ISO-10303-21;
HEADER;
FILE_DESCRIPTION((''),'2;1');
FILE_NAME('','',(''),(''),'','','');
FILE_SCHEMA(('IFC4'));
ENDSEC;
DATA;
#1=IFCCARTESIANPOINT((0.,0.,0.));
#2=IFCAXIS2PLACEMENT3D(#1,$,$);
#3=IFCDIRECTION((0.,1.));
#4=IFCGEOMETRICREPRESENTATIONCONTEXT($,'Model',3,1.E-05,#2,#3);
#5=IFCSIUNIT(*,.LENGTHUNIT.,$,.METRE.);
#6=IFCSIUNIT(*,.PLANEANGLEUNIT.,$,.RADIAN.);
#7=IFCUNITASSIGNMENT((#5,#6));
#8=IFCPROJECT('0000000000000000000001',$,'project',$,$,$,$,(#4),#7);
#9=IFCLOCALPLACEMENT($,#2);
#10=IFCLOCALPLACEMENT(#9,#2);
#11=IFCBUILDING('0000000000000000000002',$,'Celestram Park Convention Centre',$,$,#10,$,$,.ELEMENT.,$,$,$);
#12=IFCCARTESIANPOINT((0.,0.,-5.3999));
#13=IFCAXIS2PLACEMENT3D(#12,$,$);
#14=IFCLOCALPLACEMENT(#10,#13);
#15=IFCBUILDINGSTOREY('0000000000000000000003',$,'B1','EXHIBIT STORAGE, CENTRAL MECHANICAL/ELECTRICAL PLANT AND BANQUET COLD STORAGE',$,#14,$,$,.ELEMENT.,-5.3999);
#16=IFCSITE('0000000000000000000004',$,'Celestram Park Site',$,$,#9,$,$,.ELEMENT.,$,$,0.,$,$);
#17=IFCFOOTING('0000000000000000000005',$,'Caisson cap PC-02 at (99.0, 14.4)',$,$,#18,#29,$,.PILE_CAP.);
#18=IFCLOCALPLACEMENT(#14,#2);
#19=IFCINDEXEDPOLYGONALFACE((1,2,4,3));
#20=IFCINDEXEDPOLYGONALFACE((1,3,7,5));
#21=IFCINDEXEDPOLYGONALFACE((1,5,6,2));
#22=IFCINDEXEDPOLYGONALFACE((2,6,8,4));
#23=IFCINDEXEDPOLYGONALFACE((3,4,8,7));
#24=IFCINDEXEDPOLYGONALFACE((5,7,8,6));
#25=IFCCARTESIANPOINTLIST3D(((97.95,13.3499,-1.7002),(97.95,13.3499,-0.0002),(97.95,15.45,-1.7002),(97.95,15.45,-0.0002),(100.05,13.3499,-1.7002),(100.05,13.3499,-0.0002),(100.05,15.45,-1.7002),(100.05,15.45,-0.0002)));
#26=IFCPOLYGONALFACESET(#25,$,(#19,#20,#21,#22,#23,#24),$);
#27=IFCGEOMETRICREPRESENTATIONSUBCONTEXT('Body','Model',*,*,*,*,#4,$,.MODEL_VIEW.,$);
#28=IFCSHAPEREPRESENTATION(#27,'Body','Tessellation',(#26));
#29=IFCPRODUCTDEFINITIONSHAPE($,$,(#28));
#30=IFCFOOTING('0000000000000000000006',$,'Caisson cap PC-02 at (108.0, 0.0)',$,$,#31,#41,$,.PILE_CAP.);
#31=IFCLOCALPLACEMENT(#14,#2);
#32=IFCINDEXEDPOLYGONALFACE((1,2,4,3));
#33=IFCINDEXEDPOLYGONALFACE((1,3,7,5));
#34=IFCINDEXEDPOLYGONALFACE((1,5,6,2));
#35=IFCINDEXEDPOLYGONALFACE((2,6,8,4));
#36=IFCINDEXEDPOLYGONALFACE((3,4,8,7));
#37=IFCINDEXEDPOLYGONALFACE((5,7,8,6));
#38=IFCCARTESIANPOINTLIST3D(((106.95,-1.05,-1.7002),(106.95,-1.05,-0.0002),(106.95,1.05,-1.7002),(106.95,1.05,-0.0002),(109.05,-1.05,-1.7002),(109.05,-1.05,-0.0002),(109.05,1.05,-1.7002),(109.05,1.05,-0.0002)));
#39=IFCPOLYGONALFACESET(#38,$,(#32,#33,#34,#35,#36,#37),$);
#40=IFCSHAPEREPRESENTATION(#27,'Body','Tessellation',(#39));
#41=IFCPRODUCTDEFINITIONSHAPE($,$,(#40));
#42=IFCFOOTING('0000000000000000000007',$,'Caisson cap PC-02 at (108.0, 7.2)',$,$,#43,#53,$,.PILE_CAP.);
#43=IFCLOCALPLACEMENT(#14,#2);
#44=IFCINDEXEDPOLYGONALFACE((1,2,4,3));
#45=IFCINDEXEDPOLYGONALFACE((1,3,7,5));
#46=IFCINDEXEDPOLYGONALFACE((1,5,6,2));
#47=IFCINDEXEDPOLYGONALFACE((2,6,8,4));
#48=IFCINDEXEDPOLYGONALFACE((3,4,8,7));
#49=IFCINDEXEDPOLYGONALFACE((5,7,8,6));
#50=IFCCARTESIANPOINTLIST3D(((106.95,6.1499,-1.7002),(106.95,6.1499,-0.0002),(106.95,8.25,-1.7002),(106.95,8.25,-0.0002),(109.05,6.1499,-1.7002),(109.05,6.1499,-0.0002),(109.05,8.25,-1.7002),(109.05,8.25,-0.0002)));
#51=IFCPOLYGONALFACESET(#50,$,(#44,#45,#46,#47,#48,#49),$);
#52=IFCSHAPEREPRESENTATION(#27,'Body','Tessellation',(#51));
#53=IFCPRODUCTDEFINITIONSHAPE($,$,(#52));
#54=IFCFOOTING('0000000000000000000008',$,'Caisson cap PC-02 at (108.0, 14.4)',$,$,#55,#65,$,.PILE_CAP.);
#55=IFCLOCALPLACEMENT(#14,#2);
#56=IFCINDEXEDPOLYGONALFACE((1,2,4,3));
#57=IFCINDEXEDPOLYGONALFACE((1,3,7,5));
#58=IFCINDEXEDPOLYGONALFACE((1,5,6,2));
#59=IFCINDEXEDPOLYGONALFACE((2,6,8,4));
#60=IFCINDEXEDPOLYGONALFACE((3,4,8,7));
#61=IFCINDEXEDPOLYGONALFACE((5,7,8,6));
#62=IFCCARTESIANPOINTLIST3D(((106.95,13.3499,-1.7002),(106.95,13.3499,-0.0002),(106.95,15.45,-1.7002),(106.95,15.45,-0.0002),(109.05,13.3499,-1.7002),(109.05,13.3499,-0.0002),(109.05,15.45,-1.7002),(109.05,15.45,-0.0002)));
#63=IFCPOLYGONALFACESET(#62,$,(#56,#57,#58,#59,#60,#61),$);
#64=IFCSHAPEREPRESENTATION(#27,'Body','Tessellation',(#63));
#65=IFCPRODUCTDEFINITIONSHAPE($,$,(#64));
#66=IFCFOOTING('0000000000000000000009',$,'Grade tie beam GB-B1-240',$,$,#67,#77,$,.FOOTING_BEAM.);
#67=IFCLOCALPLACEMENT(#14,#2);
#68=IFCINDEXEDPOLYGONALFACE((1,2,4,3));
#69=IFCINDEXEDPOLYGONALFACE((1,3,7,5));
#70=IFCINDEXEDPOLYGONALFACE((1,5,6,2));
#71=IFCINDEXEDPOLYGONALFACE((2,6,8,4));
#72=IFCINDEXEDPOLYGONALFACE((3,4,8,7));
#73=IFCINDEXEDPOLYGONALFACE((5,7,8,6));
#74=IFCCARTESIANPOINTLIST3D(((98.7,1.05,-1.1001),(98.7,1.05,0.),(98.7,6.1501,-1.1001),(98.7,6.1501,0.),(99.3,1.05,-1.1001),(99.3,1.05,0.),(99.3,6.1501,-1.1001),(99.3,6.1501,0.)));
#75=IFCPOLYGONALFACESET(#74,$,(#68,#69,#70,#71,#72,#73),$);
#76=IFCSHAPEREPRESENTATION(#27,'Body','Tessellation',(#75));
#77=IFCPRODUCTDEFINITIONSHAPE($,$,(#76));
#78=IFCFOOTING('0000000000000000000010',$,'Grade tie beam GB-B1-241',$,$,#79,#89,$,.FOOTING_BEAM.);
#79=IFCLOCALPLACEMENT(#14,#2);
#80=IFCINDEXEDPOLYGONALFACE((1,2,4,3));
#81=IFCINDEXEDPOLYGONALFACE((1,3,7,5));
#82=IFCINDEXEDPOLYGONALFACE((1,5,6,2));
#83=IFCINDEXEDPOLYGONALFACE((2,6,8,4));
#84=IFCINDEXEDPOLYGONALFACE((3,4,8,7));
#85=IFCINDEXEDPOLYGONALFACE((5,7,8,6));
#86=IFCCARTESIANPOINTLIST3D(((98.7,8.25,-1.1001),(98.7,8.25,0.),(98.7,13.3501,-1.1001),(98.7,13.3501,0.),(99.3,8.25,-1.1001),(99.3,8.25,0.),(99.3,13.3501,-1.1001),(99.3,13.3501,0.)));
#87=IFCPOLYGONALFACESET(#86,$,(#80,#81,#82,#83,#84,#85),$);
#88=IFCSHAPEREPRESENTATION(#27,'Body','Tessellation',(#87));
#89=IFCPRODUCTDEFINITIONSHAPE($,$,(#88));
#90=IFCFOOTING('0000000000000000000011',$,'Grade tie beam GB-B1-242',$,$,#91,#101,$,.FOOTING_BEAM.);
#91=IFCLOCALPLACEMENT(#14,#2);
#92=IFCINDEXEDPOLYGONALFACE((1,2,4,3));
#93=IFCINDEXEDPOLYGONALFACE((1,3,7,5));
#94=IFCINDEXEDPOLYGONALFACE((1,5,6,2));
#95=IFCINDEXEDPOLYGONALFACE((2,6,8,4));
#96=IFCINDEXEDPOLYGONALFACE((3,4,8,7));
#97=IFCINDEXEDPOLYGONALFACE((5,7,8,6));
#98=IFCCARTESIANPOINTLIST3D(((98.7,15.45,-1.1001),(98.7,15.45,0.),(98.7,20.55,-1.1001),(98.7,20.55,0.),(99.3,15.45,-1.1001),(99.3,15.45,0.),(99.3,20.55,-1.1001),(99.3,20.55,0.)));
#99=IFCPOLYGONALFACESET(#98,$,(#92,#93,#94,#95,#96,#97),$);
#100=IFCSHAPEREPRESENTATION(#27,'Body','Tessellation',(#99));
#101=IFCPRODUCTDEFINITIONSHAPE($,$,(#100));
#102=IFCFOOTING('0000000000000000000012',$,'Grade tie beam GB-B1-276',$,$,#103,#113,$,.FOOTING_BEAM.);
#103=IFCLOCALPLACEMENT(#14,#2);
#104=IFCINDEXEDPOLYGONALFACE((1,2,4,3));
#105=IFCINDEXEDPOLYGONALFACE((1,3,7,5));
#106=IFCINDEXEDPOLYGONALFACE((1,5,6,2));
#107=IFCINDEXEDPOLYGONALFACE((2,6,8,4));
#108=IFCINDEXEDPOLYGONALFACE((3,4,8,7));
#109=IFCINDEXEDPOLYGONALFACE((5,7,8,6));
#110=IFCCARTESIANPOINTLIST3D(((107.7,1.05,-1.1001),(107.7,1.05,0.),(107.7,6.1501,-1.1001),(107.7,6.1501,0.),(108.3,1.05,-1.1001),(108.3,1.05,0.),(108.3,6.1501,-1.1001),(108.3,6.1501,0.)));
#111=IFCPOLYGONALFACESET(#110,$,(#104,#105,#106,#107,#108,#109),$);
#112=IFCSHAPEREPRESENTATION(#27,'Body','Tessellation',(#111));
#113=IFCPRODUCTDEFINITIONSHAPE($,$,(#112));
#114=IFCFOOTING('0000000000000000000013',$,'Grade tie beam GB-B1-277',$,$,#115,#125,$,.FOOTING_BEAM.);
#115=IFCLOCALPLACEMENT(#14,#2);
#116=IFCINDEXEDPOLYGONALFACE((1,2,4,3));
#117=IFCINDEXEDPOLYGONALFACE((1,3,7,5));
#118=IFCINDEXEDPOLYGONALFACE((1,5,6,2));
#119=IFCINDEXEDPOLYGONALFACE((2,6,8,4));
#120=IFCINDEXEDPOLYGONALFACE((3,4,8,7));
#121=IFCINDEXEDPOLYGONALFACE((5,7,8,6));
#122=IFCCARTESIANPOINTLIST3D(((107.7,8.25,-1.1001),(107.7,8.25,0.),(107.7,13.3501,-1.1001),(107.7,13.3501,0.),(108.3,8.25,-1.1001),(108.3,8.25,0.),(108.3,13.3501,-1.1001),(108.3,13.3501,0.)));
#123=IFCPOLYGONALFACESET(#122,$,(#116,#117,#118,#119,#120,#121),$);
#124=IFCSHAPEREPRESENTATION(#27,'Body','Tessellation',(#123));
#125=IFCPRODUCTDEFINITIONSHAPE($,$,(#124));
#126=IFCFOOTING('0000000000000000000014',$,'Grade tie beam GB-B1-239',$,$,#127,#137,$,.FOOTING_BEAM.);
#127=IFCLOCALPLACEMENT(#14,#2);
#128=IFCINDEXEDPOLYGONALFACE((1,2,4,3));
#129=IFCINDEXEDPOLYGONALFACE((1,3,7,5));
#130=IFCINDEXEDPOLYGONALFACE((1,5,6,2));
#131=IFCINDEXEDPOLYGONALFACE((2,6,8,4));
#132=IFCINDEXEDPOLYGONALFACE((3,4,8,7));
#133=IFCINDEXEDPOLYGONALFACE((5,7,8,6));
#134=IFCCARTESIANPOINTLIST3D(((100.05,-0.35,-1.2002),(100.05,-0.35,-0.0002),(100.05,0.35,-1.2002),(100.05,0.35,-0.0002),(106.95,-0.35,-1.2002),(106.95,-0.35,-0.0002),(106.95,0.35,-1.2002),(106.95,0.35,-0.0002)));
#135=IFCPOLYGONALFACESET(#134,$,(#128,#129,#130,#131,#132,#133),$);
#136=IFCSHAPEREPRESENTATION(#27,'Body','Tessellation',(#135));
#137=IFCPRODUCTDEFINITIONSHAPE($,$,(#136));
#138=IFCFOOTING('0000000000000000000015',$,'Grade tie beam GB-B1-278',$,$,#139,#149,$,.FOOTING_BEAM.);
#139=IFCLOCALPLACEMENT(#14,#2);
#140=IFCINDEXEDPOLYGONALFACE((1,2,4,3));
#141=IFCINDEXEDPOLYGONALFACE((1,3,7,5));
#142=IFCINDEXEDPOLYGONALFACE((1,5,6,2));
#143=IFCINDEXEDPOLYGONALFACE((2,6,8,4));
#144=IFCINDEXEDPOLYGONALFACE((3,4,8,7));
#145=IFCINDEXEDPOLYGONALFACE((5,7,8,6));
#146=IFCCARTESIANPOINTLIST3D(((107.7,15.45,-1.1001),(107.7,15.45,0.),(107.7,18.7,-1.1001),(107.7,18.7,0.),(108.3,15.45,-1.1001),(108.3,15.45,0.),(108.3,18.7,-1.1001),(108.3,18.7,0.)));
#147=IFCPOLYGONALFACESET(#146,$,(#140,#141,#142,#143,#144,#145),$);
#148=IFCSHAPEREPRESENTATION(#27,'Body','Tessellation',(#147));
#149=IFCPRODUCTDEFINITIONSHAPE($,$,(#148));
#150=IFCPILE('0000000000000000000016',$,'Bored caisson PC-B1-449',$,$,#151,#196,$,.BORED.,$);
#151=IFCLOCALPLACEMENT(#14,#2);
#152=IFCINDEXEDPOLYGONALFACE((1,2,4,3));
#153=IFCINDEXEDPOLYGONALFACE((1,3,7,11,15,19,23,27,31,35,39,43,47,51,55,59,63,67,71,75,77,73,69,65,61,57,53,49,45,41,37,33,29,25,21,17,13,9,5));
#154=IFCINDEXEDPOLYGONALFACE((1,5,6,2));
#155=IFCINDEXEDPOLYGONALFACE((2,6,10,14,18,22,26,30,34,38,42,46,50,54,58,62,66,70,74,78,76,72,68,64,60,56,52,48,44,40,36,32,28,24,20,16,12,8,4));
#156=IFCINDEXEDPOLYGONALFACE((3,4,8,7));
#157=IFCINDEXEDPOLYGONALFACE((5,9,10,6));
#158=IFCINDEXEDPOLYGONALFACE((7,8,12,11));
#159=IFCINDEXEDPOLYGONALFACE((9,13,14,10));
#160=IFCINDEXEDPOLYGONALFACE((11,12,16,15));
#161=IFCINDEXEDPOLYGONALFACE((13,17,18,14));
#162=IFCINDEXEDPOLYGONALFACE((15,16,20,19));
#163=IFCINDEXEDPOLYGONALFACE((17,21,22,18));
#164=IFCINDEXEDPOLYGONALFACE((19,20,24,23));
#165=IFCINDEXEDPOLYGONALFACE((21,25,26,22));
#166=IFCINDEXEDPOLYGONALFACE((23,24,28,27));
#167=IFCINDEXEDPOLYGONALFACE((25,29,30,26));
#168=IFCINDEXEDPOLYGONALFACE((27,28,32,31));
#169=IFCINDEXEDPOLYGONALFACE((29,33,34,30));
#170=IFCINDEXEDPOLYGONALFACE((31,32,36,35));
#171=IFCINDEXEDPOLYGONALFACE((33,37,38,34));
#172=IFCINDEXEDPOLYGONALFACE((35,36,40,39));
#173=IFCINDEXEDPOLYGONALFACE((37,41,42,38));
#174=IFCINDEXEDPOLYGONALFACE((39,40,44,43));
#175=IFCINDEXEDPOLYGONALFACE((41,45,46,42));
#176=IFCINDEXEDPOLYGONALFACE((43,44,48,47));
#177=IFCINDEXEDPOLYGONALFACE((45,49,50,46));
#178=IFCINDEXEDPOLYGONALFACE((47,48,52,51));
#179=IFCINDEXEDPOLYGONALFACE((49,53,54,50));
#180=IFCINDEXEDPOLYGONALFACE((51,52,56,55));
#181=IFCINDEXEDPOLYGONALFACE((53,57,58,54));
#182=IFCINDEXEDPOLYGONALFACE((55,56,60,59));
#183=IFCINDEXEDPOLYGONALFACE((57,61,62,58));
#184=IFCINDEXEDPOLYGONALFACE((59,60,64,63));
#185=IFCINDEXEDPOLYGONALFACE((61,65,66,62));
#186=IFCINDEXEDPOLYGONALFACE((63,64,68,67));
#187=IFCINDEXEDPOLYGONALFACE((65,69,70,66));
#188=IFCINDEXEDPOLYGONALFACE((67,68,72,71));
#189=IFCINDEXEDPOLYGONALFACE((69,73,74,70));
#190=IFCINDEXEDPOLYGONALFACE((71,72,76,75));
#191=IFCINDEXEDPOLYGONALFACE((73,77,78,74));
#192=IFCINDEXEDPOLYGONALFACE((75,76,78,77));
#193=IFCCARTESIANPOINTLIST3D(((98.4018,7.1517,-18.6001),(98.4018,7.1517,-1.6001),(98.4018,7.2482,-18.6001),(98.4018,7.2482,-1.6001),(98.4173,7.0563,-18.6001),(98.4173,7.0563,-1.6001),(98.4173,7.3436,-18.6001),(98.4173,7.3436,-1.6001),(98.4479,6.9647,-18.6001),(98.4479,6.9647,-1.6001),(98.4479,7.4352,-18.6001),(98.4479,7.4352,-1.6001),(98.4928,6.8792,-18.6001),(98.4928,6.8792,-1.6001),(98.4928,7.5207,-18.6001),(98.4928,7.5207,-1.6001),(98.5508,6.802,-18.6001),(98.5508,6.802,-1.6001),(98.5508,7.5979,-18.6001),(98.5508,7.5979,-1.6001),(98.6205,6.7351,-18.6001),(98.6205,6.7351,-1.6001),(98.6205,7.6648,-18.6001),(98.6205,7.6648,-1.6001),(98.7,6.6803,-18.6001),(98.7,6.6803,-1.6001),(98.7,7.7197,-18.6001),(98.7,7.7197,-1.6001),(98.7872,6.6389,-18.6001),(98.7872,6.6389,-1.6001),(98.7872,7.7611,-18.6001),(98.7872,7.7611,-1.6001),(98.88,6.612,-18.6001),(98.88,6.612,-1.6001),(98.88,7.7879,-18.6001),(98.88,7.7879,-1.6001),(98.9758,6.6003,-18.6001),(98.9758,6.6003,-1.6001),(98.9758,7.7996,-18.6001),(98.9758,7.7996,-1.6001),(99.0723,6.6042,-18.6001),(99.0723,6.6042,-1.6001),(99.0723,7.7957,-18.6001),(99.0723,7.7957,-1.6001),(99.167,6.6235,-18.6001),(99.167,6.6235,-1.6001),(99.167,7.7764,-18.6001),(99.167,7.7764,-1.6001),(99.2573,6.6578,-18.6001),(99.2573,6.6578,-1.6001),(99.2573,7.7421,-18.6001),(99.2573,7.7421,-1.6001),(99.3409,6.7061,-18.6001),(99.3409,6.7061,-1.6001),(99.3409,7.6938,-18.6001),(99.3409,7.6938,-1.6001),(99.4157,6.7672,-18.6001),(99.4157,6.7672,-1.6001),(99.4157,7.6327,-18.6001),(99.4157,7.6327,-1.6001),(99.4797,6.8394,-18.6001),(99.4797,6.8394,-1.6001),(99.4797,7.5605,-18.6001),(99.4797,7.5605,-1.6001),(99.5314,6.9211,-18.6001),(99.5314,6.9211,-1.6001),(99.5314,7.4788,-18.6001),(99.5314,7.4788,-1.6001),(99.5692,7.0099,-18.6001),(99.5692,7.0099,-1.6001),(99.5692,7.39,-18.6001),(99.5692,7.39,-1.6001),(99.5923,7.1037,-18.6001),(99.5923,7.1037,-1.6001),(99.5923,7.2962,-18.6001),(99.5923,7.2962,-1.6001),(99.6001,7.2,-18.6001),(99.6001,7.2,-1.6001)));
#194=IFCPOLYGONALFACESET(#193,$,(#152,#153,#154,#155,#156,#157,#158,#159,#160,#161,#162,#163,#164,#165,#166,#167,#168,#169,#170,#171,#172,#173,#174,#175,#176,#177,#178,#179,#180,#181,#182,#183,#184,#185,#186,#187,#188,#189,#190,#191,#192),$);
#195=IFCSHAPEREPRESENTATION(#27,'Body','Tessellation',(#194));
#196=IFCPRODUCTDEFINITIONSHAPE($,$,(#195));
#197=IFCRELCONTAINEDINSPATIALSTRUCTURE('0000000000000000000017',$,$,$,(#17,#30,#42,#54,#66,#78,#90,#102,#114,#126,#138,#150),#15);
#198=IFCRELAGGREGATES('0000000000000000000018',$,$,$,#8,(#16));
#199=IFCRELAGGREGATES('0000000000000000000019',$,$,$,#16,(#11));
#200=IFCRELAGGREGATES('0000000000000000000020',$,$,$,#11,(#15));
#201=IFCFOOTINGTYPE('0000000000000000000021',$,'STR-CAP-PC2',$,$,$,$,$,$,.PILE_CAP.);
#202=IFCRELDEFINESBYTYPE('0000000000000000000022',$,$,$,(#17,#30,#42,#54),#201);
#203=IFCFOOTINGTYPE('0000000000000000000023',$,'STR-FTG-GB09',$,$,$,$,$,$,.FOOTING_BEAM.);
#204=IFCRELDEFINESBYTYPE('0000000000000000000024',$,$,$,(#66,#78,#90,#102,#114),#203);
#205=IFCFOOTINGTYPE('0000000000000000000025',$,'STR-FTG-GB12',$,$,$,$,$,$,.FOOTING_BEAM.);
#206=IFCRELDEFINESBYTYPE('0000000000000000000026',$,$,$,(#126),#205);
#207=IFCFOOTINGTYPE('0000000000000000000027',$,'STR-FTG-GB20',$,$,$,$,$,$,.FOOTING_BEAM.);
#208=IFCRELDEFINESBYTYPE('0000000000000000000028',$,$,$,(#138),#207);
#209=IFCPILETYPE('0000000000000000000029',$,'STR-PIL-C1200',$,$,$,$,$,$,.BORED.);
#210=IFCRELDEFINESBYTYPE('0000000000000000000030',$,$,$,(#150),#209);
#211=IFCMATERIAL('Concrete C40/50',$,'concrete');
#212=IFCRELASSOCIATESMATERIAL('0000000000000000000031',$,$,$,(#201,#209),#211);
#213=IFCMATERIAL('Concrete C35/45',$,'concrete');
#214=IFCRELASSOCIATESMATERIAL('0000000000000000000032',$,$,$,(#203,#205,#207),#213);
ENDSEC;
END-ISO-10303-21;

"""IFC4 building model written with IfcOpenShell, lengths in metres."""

from ifc_helpers import new_model, si_unit, direction, frame, origin, origin_2d, place, context, subcontext, project, spatial, rectangle, circle, extrude, material, material_profile, profile_set, type_object, element, save


model = new_model("IFC4")

# Units and contexts
model_context = context("Model", 3, precision=1e-05, world=origin(), true_north=direction((0.0, 1.0)))
body_context = subcontext(model_context, "Body", "Model", "MODEL_VIEW")
ifc_project = project(units=[si_unit("LENGTHUNIT", "METRE"), si_unit("PLANEANGLEUNIT", "RADIAN")], contexts=[model_context])

# Site, building, storey
site_placement = place(None, origin())
site = spatial("IfcSite", under=ifc_project, at=site_placement, Name="Celestram Park Site", CompositionType="ELEMENT", RefElevation=0.0)
building_placement = place(site_placement, origin())
building = spatial("IfcBuilding", under=site, at=building_placement, Name="Celestram Park Convention Centre", CompositionType="ELEMENT")
storey_placement = place(building_placement, frame((0.0, 0.0, -5.3999)))
storey = spatial("IfcBuildingStorey", under=building, at=storey_placement, Name="B1", Description="EXHIBIT STORAGE, CENTRAL MECHANICAL/ELECTRICAL PLANT AND BANQUET COLD STORAGE", CompositionType="ELEMENT", Elevation=-5.3999)

# Footings
ifc_material_1 = material(Name="Concrete C40/50", Category="concrete")
footing_type_1 = type_object("IfcFootingType", Name="STR-CAP-PC2", PredefinedType="PILE_CAP", material=ifc_material_1)
for number, where, z_axis, x_axis, name in (
    (1, (99.0, 14.3999, -1.7002), (0.0, 0.0, 1.0), (1.0, 0.0, 0.0), "Caisson cap PC-02 at (99.0, 14.4)"),
    (2, (108.0, 0.0, -1.7002), (0.0, 0.0, 1.0), (1.0, 0.0, 0.0), "Caisson cap PC-02 at (108.0, 0.0)"),
    (3, (108.0, 7.2, -1.7002), (0.0, 0.0, 1.0), (1.0, 0.0, 0.0), "Caisson cap PC-02 at (108.0, 7.2)"),
    (4, (108.0, 14.3999, -1.7002), (0.0, 0.0, 1.0), (1.0, 0.0, 0.0), "Caisson cap PC-02 at (108.0, 14.4)"),
):
    element("IfcFooting", number, at=place(storey_placement, frame(where, z_axis=z_axis, x_axis=x_axis)), inside=storey, type_object=footing_type_1, Name=name, PredefinedType="PILE_CAP", context=body_context, shape_type="SweptSolid", body=[
        extrude(rectangle(XDim=2.1001, YDim=2.1001, at=origin_2d()), origin(), (0.0, 0.0, 1.0), 1.7),
    ])
ifc_material_2 = material(Name="Concrete C35/45", Category="concrete")
footing_type_2 = type_object("IfcFootingType", Name="STR-FTG-GB09", PredefinedType="FOOTING_BEAM", material=ifc_material_2)
for number, where, z_axis, x_axis, name in (
    (5, (99.0, 3.6001, -1.1001), (0.0, 0.0, 1.0), (0.0, 1.0, 0.0), "Grade tie beam GB-B1-240"),
    (6, (99.0, 10.8, -1.1001), (0.0, 0.0, 1.0), (0.0, 1.0, 0.0), "Grade tie beam GB-B1-241"),
    (7, (99.0, 18.0, -1.1001), (0.0, 0.0, 1.0), (0.0, 1.0, 0.0), "Grade tie beam GB-B1-242"),
    (8, (108.0, 3.6001, -1.1001), (0.0, 0.0, 1.0), (0.0, 1.0, 0.0), "Grade tie beam GB-B1-276"),
    (9, (108.0, 10.8, -1.1001), (0.0, 0.0, 1.0), (0.0, 1.0, 0.0), "Grade tie beam GB-B1-277"),
):
    element("IfcFooting", number, at=place(storey_placement, frame(where, z_axis=z_axis, x_axis=x_axis)), inside=storey, type_object=footing_type_2, Name=name, PredefinedType="FOOTING_BEAM", context=body_context, shape_type="SweptSolid", body=[
        extrude(rectangle(XDim=5.1001, YDim=0.6001, at=origin_2d()), origin(), (0.0, 0.0, 1.0), 1.1001),
    ])
footing_type_3 = type_object("IfcFootingType", Name="STR-FTG-GB12", PredefinedType="FOOTING_BEAM", material=ifc_material_2)
footing_1_placement = place(storey_placement, frame((103.5, 0.0, -1.2002), z_axis=(0.0, 0.0, 1.0), x_axis=(1.0, 0.0, 0.0)))
element("IfcFooting", 10, at=footing_1_placement, inside=storey, type_object=footing_type_3, Name="Grade tie beam GB-B1-239", PredefinedType="FOOTING_BEAM", context=body_context, shape_type="SweptSolid", body=[
    extrude(rectangle(XDim=6.8999, YDim=0.7, at=origin_2d()), origin(), (0.0, 0.0, 1.0), 1.2),
])
footing_type_4 = type_object("IfcFootingType", Name="STR-FTG-GB20", PredefinedType="FOOTING_BEAM", material=ifc_material_2)
footing_2_placement = place(storey_placement, frame((108.0, 17.075, -1.1001), z_axis=(0.0, 0.0, 1.0), x_axis=(0.0, 1.0, 0.0)))
element("IfcFooting", 11, at=footing_2_placement, inside=storey, type_object=footing_type_4, Name="Grade tie beam GB-B1-278", PredefinedType="FOOTING_BEAM", context=body_context, shape_type="SweptSolid", body=[
    extrude(rectangle(XDim=3.25, YDim=0.6001, at=origin_2d()), origin(), (0.0, 0.0, 1.0), 1.1001),
])

# Pile
ifc_material_profile_1 = material_profile(ifc_material_1, circle(Radius=0.6001, at=origin_2d()), Name="CAISSON1200")
ifc_profile_set_1 = profile_set([ifc_material_profile_1], Name="Concrete C40/50")
pile_type = type_object("IfcPileType", Name="STR-PIL-C1200", PredefinedType="BORED", material=ifc_profile_set_1)
for number, where, z_axis, x_axis, name in (
    (12, (99.0, 7.2, -1.6001), (0.0, 0.0, -1.0), (1.0, 0.0, 0.0), "Bored caisson PC-B1-449"),
):
    element("IfcPile", number, at=place(storey_placement, frame(where, z_axis=z_axis, x_axis=x_axis)), inside=storey, type_object=pile_type, Name=name, PredefinedType="BORED", context=body_context, shape_type="SweptSolid", body=[
        extrude(circle(Radius=0.6001, at=origin_2d()), origin(), (0.0, 0.0, 1.0), 17.0),
    ])

save(model, "model.ifc")
